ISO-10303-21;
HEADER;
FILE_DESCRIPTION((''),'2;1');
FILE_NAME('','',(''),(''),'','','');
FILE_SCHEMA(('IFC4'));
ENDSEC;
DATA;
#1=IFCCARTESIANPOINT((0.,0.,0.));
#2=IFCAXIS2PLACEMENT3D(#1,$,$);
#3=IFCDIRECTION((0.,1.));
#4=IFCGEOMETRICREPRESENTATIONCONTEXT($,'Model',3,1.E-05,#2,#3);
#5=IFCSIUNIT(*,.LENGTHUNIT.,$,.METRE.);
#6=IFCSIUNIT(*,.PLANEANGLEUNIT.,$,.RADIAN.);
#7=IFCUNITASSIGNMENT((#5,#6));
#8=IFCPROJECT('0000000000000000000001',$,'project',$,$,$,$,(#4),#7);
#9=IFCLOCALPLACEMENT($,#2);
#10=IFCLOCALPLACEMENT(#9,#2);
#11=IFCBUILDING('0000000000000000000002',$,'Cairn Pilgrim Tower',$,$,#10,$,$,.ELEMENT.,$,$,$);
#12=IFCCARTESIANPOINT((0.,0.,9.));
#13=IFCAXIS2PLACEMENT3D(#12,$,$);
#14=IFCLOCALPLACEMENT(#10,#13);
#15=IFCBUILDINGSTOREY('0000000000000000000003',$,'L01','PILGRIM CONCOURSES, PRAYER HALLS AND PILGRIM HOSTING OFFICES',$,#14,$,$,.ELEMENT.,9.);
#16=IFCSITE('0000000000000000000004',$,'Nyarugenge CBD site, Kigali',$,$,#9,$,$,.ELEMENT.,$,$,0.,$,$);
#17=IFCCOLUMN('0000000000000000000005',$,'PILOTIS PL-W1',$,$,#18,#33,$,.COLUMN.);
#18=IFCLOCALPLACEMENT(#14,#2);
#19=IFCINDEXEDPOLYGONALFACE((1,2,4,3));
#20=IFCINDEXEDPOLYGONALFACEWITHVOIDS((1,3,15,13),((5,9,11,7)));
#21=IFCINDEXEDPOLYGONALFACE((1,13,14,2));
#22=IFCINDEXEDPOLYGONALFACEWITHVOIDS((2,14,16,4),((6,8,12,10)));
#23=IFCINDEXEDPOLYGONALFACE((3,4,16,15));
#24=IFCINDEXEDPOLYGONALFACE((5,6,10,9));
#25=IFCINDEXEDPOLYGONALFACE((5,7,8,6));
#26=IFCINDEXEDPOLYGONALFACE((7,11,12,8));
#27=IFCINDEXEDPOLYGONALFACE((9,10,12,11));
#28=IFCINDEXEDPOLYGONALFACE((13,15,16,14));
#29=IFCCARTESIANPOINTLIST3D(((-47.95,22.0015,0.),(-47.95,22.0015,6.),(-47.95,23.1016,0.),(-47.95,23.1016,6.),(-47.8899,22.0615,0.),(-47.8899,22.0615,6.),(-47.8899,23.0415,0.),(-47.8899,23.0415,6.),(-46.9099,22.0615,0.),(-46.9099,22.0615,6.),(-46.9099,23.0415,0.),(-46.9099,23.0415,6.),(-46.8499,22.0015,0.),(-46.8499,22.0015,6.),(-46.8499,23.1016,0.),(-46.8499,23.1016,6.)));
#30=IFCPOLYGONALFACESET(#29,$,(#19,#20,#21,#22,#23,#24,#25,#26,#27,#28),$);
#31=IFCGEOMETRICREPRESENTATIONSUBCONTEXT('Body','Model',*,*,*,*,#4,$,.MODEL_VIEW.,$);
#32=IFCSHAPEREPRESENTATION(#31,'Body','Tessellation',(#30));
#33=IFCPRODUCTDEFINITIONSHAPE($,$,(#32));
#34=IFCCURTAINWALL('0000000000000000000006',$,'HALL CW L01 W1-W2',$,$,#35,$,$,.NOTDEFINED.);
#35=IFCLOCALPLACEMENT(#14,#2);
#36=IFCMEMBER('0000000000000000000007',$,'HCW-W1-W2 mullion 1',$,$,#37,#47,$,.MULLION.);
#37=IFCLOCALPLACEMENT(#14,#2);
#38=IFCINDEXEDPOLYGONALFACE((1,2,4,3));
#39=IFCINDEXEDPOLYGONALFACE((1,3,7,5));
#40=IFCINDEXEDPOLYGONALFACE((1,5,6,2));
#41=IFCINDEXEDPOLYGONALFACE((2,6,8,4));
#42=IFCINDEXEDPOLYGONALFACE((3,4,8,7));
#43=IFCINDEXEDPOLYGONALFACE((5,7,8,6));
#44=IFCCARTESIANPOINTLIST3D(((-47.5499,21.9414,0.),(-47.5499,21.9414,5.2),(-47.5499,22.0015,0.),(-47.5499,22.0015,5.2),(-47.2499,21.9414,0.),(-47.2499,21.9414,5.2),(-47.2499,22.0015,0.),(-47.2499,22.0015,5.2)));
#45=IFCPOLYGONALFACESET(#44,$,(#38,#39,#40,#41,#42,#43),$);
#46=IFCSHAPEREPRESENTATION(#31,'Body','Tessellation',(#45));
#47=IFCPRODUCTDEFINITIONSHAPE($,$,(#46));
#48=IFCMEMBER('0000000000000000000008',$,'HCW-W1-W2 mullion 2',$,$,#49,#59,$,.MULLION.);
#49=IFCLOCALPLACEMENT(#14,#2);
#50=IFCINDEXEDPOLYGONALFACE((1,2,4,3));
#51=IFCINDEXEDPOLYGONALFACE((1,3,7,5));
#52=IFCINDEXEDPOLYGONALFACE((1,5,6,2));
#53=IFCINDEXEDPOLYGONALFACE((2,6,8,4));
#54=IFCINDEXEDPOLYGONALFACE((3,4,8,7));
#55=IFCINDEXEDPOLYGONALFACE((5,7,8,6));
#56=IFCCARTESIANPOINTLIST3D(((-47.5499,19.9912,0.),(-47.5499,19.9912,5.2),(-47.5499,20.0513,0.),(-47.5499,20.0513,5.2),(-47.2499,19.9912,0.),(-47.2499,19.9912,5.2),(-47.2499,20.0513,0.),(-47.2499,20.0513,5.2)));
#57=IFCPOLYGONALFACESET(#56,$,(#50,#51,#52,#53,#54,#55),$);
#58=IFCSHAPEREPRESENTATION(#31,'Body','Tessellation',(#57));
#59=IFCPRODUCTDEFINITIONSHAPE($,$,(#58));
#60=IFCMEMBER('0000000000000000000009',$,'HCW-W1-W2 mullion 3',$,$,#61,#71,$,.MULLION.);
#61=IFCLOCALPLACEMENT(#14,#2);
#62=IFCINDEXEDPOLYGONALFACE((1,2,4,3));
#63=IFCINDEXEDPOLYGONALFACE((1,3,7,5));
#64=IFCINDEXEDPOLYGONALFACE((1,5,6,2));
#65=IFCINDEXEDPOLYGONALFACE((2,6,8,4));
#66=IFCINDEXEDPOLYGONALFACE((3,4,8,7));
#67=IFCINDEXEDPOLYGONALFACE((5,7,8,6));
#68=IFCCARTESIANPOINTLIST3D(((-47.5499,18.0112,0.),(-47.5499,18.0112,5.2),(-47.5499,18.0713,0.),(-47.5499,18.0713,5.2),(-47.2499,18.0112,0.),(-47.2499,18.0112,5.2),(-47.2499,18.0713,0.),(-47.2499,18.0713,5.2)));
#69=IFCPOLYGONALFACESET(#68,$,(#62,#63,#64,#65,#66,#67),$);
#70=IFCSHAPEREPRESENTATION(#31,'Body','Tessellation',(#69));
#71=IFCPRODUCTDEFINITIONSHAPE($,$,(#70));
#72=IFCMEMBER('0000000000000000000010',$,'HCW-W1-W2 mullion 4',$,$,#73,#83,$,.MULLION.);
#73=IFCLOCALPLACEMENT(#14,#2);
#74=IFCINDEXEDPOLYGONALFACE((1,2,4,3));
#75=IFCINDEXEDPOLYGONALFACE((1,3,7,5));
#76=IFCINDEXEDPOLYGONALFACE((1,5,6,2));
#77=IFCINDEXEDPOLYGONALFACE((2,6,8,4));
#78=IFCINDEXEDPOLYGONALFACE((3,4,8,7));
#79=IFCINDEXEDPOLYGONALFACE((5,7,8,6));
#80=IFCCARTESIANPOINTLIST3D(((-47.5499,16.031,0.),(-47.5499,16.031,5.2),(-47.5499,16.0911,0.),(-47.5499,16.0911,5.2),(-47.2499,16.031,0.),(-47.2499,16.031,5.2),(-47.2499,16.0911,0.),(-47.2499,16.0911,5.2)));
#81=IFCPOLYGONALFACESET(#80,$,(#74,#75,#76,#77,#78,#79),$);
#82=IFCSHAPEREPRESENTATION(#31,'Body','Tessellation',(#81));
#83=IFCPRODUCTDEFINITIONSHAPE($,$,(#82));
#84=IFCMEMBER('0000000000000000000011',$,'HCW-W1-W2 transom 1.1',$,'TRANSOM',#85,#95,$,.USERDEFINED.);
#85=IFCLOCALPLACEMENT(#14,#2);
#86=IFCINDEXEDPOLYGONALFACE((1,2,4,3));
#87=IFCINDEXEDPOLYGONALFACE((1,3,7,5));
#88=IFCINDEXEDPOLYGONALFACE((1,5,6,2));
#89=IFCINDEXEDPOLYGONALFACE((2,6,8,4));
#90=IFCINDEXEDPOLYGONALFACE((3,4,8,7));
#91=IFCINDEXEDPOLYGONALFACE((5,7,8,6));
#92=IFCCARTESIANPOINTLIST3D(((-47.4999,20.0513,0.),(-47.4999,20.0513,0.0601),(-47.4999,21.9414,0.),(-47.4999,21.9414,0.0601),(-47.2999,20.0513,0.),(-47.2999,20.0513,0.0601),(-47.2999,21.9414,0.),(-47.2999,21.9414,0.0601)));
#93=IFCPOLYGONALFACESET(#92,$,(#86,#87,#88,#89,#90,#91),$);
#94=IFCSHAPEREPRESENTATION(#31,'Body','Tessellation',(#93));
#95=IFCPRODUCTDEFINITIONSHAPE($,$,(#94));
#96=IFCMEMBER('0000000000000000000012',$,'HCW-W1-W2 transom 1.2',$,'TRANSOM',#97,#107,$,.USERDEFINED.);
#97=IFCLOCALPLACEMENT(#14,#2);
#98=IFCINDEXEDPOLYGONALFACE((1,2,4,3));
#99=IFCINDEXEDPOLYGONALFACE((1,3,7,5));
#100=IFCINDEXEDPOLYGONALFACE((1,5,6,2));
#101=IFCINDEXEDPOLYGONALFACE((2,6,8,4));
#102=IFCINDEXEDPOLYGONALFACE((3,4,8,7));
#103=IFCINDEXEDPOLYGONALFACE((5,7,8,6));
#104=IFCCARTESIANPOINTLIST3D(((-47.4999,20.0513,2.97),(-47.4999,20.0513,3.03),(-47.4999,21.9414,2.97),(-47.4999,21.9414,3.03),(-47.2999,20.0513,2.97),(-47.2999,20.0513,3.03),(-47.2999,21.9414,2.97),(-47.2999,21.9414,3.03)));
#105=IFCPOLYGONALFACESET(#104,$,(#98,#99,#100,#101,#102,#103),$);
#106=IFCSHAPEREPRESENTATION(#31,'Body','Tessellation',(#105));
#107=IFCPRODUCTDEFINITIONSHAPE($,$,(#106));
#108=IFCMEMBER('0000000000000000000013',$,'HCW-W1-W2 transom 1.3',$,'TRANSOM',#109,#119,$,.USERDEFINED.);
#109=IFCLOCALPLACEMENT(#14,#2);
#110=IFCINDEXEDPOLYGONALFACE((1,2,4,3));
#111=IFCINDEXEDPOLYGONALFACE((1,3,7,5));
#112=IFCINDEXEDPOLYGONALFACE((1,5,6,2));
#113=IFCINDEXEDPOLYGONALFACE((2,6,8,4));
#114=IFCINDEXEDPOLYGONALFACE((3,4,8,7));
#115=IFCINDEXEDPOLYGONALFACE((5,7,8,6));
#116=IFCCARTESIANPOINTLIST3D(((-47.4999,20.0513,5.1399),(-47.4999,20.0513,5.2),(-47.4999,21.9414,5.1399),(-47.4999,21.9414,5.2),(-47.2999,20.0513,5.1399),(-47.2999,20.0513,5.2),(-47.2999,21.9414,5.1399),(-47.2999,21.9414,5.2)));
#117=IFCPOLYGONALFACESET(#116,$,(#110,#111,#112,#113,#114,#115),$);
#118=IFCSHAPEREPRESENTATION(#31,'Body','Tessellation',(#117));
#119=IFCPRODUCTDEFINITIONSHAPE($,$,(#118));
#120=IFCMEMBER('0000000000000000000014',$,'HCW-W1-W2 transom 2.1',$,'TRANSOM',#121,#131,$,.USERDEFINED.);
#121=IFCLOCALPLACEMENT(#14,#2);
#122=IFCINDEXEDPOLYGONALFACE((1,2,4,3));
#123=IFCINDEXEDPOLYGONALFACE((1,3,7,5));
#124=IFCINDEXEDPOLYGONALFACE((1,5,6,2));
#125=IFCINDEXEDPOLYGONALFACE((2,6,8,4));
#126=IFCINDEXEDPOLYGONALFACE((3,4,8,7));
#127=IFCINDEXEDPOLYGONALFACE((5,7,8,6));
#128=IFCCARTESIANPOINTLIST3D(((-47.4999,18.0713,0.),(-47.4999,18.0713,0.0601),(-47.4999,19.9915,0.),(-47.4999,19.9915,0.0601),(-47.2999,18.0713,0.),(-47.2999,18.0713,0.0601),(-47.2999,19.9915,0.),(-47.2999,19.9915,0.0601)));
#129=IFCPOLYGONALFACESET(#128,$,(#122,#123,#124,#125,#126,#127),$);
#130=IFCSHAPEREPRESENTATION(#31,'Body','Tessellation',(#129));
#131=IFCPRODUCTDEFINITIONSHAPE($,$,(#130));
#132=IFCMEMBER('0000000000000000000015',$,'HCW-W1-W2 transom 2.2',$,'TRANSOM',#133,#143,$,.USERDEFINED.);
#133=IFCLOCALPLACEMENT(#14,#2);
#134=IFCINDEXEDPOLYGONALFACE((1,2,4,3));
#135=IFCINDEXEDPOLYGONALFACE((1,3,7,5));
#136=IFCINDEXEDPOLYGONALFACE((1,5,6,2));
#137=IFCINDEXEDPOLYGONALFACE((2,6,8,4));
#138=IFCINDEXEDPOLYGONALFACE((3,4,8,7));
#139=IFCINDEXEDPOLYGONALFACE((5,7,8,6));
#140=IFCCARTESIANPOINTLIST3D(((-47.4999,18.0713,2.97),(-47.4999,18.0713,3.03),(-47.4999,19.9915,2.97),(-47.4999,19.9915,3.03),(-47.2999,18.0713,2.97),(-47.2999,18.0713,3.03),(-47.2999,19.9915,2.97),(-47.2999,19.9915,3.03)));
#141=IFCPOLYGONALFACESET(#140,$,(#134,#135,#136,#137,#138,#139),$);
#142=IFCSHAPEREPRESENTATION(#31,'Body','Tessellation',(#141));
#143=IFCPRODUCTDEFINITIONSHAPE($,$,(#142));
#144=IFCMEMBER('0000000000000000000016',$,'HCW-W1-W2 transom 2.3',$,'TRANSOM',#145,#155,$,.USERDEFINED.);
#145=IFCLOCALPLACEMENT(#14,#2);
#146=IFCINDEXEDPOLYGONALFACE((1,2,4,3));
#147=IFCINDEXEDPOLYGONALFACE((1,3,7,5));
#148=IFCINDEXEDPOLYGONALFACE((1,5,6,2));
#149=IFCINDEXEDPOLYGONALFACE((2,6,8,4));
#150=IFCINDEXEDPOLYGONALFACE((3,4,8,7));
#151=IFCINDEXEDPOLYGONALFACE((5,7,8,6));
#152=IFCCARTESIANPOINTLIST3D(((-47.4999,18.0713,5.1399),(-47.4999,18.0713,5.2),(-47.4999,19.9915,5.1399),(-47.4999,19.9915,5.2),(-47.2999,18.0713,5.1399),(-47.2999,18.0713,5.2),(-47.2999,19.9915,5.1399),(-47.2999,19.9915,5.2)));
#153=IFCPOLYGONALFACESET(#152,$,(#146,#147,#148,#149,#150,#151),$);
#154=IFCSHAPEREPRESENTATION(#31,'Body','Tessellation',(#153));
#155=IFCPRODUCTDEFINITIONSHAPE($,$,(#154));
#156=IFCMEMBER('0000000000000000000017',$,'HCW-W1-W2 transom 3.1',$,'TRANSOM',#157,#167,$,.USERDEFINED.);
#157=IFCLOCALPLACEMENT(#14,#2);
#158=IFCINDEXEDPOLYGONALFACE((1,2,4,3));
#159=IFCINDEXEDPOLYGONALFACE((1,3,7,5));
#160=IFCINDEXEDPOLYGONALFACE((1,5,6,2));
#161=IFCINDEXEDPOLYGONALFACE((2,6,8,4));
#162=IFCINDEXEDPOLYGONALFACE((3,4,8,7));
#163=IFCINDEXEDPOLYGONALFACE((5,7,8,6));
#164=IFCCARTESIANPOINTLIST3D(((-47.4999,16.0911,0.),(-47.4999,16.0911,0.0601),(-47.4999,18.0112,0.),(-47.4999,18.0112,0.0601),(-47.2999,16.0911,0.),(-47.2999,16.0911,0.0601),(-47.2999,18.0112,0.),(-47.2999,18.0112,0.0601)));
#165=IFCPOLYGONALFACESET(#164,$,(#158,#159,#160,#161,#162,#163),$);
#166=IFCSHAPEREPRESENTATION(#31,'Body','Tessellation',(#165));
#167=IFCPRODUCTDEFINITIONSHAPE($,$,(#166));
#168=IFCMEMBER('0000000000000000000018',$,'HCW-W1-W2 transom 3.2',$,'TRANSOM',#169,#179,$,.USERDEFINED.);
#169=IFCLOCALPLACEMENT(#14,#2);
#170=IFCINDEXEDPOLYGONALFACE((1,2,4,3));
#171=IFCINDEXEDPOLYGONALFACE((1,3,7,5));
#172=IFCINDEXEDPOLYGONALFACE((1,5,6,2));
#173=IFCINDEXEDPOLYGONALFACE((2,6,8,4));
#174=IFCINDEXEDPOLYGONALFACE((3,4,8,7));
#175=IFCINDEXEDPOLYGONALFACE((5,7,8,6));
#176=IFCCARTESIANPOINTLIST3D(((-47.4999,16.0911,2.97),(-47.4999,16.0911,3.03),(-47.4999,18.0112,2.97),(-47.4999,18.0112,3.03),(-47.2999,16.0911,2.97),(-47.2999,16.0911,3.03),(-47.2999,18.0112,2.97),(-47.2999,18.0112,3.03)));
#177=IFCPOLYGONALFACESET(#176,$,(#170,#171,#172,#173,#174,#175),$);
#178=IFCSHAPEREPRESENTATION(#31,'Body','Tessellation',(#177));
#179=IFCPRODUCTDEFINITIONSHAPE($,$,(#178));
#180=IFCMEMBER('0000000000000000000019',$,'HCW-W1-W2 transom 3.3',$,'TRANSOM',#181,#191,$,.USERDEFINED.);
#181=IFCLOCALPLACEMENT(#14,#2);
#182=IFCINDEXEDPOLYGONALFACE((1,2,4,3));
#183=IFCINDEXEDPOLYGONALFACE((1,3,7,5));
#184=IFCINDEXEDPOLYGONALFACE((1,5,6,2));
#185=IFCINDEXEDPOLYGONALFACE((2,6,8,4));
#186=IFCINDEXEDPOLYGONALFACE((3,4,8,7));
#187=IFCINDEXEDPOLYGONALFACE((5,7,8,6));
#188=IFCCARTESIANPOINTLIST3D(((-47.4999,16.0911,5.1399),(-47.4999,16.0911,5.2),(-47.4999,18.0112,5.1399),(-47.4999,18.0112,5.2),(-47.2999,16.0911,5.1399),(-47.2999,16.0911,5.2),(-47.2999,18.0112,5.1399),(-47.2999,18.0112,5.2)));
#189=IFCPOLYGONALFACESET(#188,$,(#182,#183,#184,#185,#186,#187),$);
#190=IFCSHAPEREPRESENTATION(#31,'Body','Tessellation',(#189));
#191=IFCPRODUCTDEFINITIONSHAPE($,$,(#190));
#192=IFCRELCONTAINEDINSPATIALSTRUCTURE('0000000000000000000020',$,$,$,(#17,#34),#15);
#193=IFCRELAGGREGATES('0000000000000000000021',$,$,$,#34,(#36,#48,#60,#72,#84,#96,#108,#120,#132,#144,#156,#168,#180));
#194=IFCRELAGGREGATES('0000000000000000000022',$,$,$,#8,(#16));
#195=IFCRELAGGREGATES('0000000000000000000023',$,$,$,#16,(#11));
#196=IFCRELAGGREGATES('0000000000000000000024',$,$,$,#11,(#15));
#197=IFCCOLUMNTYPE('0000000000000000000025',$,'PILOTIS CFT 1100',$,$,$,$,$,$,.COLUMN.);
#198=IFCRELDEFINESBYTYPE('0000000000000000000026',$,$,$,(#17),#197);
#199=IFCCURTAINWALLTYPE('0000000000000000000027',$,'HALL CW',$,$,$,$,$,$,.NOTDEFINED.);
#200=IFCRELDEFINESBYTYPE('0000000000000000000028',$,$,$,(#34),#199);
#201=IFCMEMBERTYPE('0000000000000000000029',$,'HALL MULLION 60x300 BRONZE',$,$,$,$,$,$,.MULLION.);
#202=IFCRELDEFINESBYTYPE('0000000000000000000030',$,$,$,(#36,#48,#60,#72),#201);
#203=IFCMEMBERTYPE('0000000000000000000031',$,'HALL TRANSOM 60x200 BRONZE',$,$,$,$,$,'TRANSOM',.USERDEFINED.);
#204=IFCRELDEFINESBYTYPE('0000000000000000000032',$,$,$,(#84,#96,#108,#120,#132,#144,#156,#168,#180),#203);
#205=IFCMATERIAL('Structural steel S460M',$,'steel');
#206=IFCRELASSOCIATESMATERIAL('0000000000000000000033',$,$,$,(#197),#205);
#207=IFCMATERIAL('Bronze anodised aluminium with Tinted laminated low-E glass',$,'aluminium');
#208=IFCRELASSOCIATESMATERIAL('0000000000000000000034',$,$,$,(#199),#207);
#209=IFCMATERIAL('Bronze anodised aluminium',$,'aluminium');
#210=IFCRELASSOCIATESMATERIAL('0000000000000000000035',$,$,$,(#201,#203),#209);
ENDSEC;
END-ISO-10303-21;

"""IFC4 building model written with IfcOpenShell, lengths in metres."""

from ifc_helpers import new_model, si_unit, direction, frame, origin, origin_2d, place, context, subcontext, project, spatial, rectangle, hollow_rectangle, extrude, material, material_profile, profile_set, type_object, element, aggregate, save


model = new_model("IFC4")

# Units and contexts
model_context = context("Model", 3, precision=1e-05, world=origin(), true_north=direction((0.0, 1.0)))
body_context = subcontext(model_context, "Body", "Model", "MODEL_VIEW")
ifc_project = project(units=[si_unit("LENGTHUNIT", "METRE"), si_unit("PLANEANGLEUNIT", "RADIAN")], contexts=[model_context])

# Site, building, storey
site_placement = place(None, origin())
site = spatial("IfcSite", under=ifc_project, at=site_placement, Name="Nyarugenge CBD site, Kigali", CompositionType="ELEMENT", RefElevation=0.0)
building_placement = place(site_placement, origin())
building = spatial("IfcBuilding", under=site, at=building_placement, Name="Cairn Pilgrim Tower", CompositionType="ELEMENT")
storey_placement = place(building_placement, frame((0.0, 0.0, 9.0)))
storey = spatial("IfcBuildingStorey", under=building, at=storey_placement, Name="L01", Description="PILGRIM CONCOURSES, PRAYER HALLS AND PILGRIM HOSTING OFFICES", CompositionType="ELEMENT", Elevation=9.0)

# Column
ifc_material_1 = material(Name="Structural steel S460M", Category="steel")
ifc_material_profile_1 = material_profile(ifc_material_1, hollow_rectangle(XDim=1.1001, YDim=1.1001, WallThickness=0.0601, at=origin_2d()), Name="BOX 1100x1100x60")
ifc_profile_set_1 = profile_set([ifc_material_profile_1], Name="Structural steel S460M")
column_type = type_object("IfcColumnType", Name="PILOTIS CFT 1100", PredefinedType="COLUMN", material=ifc_profile_set_1)
column_placement = place(storey_placement, frame((-47.3999, 22.5515, 0.0), z_axis=(0.0, 0.0, 1.0), x_axis=(1.0, 0.0, 0.0)))
element("IfcColumn", 1, at=column_placement, inside=storey, type_object=column_type, Name="PILOTIS PL-W1", PredefinedType="COLUMN", context=body_context, shape_type="SweptSolid", body=[
    extrude(hollow_rectangle(XDim=1.1001, YDim=1.1001, WallThickness=0.0601, at=origin_2d()), origin(), (0.0, 0.0, 1.0), 6.0),
])

# Curtain wall, members
ifc_material_2 = material(Name="Bronze anodised aluminium with Tinted laminated low-E glass", Category="aluminium")
curtain_wall_type = type_object("IfcCurtainWallType", Name="HALL CW", PredefinedType="NOTDEFINED", material=ifc_material_2)
curtain_wall_placement = place(storey_placement, origin())
curtain_wall = element("IfcCurtainWall", 2, at=curtain_wall_placement, inside=storey, type_object=curtain_wall_type, Name="HALL CW L01 W1-W2", PredefinedType="NOTDEFINED")
ifc_material_3 = material(Name="Bronze anodised aluminium", Category="aluminium")
ifc_material_profile_2 = material_profile(ifc_material_3, rectangle(XDim=0.3, YDim=0.0601, at=origin_2d()), Name="HALL MULLION 60x300 BRONZE")
ifc_profile_set_2 = profile_set([ifc_material_profile_2], Name="Bronze anodised aluminium")
member_type_1 = type_object("IfcMemberType", Name="HALL MULLION 60x300 BRONZE", PredefinedType="MULLION", material=ifc_profile_set_2)
member_1_placement = place(storey_placement, frame((-47.3999, 21.9714, 0.0), z_axis=(0.0, 0.0, 1.0), x_axis=(1.0, 0.0, 0.0)))
member_1 = element("IfcMember", 3, at=member_1_placement, type_object=member_type_1, Name="HCW-W1-W2 mullion 1", PredefinedType="MULLION", context=body_context, shape_type="SweptSolid", body=[
    extrude(rectangle(XDim=0.3, YDim=0.0601, at=origin_2d()), origin(), (0.0, 0.0, 1.0), 5.2),
])
member_2_placement = place(storey_placement, frame((-47.3999, 20.0212, 0.0), z_axis=(0.0, 0.0, 1.0), x_axis=(1.0, 0.0, 0.0)))
member_2 = element("IfcMember", 4, at=member_2_placement, type_object=member_type_1, Name="HCW-W1-W2 mullion 2", PredefinedType="MULLION", context=body_context, shape_type="SweptSolid", body=[
    extrude(rectangle(XDim=0.3, YDim=0.0601, at=origin_2d()), origin(), (0.0, 0.0, 1.0), 5.2),
])
member_3_placement = place(storey_placement, frame((-47.3999, 18.0413, 0.0), z_axis=(0.0, 0.0, 1.0), x_axis=(1.0, 0.0, 0.0)))
member_3 = element("IfcMember", 5, at=member_3_placement, type_object=member_type_1, Name="HCW-W1-W2 mullion 3", PredefinedType="MULLION", context=body_context, shape_type="SweptSolid", body=[
    extrude(rectangle(XDim=0.3, YDim=0.0601, at=origin_2d()), origin(), (0.0, 0.0, 1.0), 5.2),
])
member_4_placement = place(storey_placement, frame((-47.3999, 16.061, 0.0), z_axis=(0.0, 0.0, 1.0), x_axis=(1.0, 0.0, 0.0)))
member_4 = element("IfcMember", 6, at=member_4_placement, type_object=member_type_1, Name="HCW-W1-W2 mullion 4", PredefinedType="MULLION", context=body_context, shape_type="SweptSolid", body=[
    extrude(rectangle(XDim=0.3, YDim=0.0601, at=origin_2d()), origin(), (0.0, 0.0, 1.0), 5.2),
])
ifc_material_profile_3 = material_profile(ifc_material_3, rectangle(XDim=0.2, YDim=0.0601, at=origin_2d()), Name="HALL TRANSOM 60x200 BRONZE")
ifc_profile_set_3 = profile_set([ifc_material_profile_3], Name="Bronze anodised aluminium")
member_type_2 = type_object("IfcMemberType", Name="HALL TRANSOM 60x200 BRONZE", ElementType="TRANSOM", PredefinedType="USERDEFINED", material=ifc_profile_set_3)
member_5_placement = place(storey_placement, frame((-47.3999, 21.9414, 0.03), z_axis=(0.0, -1.0, 0.0), x_axis=(1.0, 0.0, 0.0)))
member_5 = element("IfcMember", 7, at=member_5_placement, type_object=member_type_2, Name="HCW-W1-W2 transom 1.1", ObjectType="TRANSOM", PredefinedType="USERDEFINED", context=body_context, shape_type="SweptSolid", body=[
    extrude(rectangle(XDim=0.2, YDim=0.0601, at=origin_2d()), origin(), (0.0, 0.0, 1.0), 1.8901),
])
member_6_placement = place(storey_placement, frame((-47.3999, 21.9414, 3.0), z_axis=(0.0, -1.0, 0.0), x_axis=(1.0, 0.0, 0.0)))
member_6 = element("IfcMember", 8, at=member_6_placement, type_object=member_type_2, Name="HCW-W1-W2 transom 1.2", ObjectType="TRANSOM", PredefinedType="USERDEFINED", context=body_context, shape_type="SweptSolid", body=[
    extrude(rectangle(XDim=0.2, YDim=0.0601, at=origin_2d()), origin(), (0.0, 0.0, 1.0), 1.8901),
])
member_7_placement = place(storey_placement, frame((-47.3999, 21.9414, 5.1699), z_axis=(0.0, -1.0, 0.0), x_axis=(1.0, 0.0, 0.0)))
member_7 = element("IfcMember", 9, at=member_7_placement, type_object=member_type_2, Name="HCW-W1-W2 transom 1.3", ObjectType="TRANSOM", PredefinedType="USERDEFINED", context=body_context, shape_type="SweptSolid", body=[
    extrude(rectangle(XDim=0.2, YDim=0.0601, at=origin_2d()), origin(), (0.0, 0.0, 1.0), 1.8901),
])
member_8_placement = place(storey_placement, frame((-47.3999, 19.9915, 0.03), z_axis=(0.0, -1.0, 0.0), x_axis=(1.0, 0.0, 0.0)))
member_8 = element("IfcMember", 10, at=member_8_placement, type_object=member_type_2, Name="HCW-W1-W2 transom 2.1", ObjectType="TRANSOM", PredefinedType="USERDEFINED", context=body_context, shape_type="SweptSolid", body=[
    extrude(rectangle(XDim=0.2, YDim=0.0601, at=origin_2d()), origin(), (0.0, 0.0, 1.0), 1.9202),
])
member_9_placement = place(storey_placement, frame((-47.3999, 19.9915, 3.0), z_axis=(0.0, -1.0, 0.0), x_axis=(1.0, 0.0, 0.0)))
member_9 = element("IfcMember", 11, at=member_9_placement, type_object=member_type_2, Name="HCW-W1-W2 transom 2.2", ObjectType="TRANSOM", PredefinedType="USERDEFINED", context=body_context, shape_type="SweptSolid", body=[
    extrude(rectangle(XDim=0.2, YDim=0.0601, at=origin_2d()), origin(), (0.0, 0.0, 1.0), 1.9202),
])
member_10_placement = place(storey_placement, frame((-47.3999, 19.9915, 5.1699), z_axis=(0.0, -1.0, 0.0), x_axis=(1.0, 0.0, 0.0)))
member_10 = element("IfcMember", 12, at=member_10_placement, type_object=member_type_2, Name="HCW-W1-W2 transom 2.3", ObjectType="TRANSOM", PredefinedType="USERDEFINED", context=body_context, shape_type="SweptSolid", body=[
    extrude(rectangle(XDim=0.2, YDim=0.0601, at=origin_2d()), origin(), (0.0, 0.0, 1.0), 1.9202),
])
member_11_placement = place(storey_placement, frame((-47.3999, 18.0112, 0.03), z_axis=(0.0, -1.0, 0.0), x_axis=(1.0, 0.0, 0.0)))
member_11 = element("IfcMember", 13, at=member_11_placement, type_object=member_type_2, Name="HCW-W1-W2 transom 3.1", ObjectType="TRANSOM", PredefinedType="USERDEFINED", context=body_context, shape_type="SweptSolid", body=[
    extrude(rectangle(XDim=0.2, YDim=0.0601, at=origin_2d()), origin(), (0.0, 0.0, 1.0), 1.9202),
])
member_12_placement = place(storey_placement, frame((-47.3999, 18.0112, 3.0), z_axis=(0.0, -1.0, 0.0), x_axis=(1.0, 0.0, 0.0)))
member_12 = element("IfcMember", 14, at=member_12_placement, type_object=member_type_2, Name="HCW-W1-W2 transom 3.2", ObjectType="TRANSOM", PredefinedType="USERDEFINED", context=body_context, shape_type="SweptSolid", body=[
    extrude(rectangle(XDim=0.2, YDim=0.0601, at=origin_2d()), origin(), (0.0, 0.0, 1.0), 1.9202),
])
member_13_placement = place(storey_placement, frame((-47.3999, 18.0112, 5.1699), z_axis=(0.0, -1.0, 0.0), x_axis=(1.0, 0.0, 0.0)))
member_13 = element("IfcMember", 15, at=member_13_placement, type_object=member_type_2, Name="HCW-W1-W2 transom 3.3", ObjectType="TRANSOM", PredefinedType="USERDEFINED", context=body_context, shape_type="SweptSolid", body=[
    extrude(rectangle(XDim=0.2, YDim=0.0601, at=origin_2d()), origin(), (0.0, 0.0, 1.0), 1.9202),
])

aggregate(curtain_wall, [member_1, member_2, member_3, member_4, member_5, member_6, member_7, member_8, member_9, member_10, member_11, member_12, member_13])

save(model, "model.ifc")
